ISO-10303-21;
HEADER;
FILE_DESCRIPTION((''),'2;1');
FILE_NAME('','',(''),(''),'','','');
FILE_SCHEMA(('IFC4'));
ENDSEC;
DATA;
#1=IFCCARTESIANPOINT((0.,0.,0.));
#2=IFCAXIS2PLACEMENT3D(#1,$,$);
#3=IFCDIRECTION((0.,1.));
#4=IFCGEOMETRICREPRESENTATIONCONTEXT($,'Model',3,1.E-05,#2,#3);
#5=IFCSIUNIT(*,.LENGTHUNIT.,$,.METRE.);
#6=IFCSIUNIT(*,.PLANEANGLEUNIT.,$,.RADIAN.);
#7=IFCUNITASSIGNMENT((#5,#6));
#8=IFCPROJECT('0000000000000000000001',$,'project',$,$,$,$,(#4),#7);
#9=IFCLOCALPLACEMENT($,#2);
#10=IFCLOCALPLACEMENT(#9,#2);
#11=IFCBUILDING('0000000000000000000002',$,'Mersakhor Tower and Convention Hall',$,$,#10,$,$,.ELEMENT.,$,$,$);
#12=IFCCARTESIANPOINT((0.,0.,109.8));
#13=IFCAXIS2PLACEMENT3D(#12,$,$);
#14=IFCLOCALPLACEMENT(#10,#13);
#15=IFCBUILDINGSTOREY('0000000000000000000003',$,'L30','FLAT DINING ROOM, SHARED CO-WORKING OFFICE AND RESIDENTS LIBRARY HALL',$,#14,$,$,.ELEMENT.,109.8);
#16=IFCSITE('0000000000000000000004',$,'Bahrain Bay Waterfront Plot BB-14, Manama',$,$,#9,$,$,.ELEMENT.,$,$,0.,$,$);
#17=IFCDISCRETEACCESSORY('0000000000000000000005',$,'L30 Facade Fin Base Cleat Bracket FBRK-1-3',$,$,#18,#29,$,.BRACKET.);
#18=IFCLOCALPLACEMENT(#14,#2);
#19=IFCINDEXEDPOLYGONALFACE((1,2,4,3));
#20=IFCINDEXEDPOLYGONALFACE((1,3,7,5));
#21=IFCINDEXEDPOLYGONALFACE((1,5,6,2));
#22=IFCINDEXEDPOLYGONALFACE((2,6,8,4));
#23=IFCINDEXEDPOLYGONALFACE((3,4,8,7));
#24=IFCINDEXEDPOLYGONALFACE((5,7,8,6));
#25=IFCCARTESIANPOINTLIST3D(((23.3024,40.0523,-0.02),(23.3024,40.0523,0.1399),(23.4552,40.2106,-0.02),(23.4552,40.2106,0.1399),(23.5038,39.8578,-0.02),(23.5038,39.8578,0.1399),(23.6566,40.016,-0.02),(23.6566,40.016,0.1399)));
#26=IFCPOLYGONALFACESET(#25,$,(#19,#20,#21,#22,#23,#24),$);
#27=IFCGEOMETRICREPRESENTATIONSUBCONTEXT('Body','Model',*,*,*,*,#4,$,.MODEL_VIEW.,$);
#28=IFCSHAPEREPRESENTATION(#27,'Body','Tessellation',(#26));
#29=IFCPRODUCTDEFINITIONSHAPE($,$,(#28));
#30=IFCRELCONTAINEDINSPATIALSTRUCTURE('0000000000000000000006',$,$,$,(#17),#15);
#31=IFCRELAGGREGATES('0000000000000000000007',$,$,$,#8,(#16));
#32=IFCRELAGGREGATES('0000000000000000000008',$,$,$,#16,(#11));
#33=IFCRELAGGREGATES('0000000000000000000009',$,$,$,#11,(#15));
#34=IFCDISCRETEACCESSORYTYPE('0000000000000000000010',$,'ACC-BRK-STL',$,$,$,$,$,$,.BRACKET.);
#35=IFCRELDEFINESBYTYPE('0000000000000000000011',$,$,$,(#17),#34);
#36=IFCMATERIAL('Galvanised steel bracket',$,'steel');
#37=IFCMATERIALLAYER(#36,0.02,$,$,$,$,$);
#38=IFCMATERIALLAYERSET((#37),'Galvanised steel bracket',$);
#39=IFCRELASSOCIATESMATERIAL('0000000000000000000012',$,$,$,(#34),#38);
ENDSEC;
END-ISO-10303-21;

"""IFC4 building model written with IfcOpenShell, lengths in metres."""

from ifc_helpers import new_model, si_unit, direction, frame, origin, origin_2d, place, context, subcontext, project, spatial, rectangle, extrude, material, layer, layer_set, type_object, element, save


model = new_model("IFC4")

# Units and contexts
model_context = context("Model", 3, precision=1e-05, world=origin(), true_north=direction((0.0, 1.0)))
body_context = subcontext(model_context, "Body", "Model", "MODEL_VIEW")
ifc_project = project(units=[si_unit("LENGTHUNIT", "METRE"), si_unit("PLANEANGLEUNIT", "RADIAN")], contexts=[model_context])

# Site, building, storey
site_placement = place(None, origin())
site = spatial("IfcSite", under=ifc_project, at=site_placement, Name="Bahrain Bay Waterfront Plot BB-14, Manama", CompositionType="ELEMENT", RefElevation=0.0)
building_placement = place(site_placement, origin())
building = spatial("IfcBuilding", under=site, at=building_placement, Name="Mersakhor Tower and Convention Hall", CompositionType="ELEMENT")
storey_placement = place(building_placement, frame((0.0, 0.0, 109.8)))
storey = spatial("IfcBuildingStorey", under=building, at=storey_placement, Name="L30", Description="FLAT DINING ROOM, SHARED CO-WORKING OFFICE AND RESIDENTS LIBRARY HALL", CompositionType="ELEMENT", Elevation=109.8)

# Discrete accessory
ifc_material_1 = material(Name="Galvanised steel bracket", Category="steel")
ifc_layer_1 = layer(ifc_material_1, 0.02)
ifc_layer_set_1 = layer_set([ifc_layer_1], Name="Galvanised steel bracket")
discrete_accessory_type = type_object("IfcDiscreteAccessoryType", Name="ACC-BRK-STL", PredefinedType="BRACKET", material=ifc_layer_set_1)
discrete_accessory_1_placement = place(storey_placement, frame((23.4795, 40.0342, -0.02), z_axis=(0.0, 0.0, 1.0), x_axis=(-0.71934, 0.694658, 0.0)))
element("IfcDiscreteAccessory", 1, at=discrete_accessory_1_placement, inside=storey, type_object=discrete_accessory_type, Name="L30 Facade Fin Base Cleat Bracket FBRK-1-3", PredefinedType="BRACKET", context=body_context, shape_type="SweptSolid", body=[
    extrude(rectangle(XDim=0.28, YDim=0.22, at=origin_2d()), origin(), (0.0, 0.0, 1.0), 0.1599),
])

save(model, "model.ifc")
